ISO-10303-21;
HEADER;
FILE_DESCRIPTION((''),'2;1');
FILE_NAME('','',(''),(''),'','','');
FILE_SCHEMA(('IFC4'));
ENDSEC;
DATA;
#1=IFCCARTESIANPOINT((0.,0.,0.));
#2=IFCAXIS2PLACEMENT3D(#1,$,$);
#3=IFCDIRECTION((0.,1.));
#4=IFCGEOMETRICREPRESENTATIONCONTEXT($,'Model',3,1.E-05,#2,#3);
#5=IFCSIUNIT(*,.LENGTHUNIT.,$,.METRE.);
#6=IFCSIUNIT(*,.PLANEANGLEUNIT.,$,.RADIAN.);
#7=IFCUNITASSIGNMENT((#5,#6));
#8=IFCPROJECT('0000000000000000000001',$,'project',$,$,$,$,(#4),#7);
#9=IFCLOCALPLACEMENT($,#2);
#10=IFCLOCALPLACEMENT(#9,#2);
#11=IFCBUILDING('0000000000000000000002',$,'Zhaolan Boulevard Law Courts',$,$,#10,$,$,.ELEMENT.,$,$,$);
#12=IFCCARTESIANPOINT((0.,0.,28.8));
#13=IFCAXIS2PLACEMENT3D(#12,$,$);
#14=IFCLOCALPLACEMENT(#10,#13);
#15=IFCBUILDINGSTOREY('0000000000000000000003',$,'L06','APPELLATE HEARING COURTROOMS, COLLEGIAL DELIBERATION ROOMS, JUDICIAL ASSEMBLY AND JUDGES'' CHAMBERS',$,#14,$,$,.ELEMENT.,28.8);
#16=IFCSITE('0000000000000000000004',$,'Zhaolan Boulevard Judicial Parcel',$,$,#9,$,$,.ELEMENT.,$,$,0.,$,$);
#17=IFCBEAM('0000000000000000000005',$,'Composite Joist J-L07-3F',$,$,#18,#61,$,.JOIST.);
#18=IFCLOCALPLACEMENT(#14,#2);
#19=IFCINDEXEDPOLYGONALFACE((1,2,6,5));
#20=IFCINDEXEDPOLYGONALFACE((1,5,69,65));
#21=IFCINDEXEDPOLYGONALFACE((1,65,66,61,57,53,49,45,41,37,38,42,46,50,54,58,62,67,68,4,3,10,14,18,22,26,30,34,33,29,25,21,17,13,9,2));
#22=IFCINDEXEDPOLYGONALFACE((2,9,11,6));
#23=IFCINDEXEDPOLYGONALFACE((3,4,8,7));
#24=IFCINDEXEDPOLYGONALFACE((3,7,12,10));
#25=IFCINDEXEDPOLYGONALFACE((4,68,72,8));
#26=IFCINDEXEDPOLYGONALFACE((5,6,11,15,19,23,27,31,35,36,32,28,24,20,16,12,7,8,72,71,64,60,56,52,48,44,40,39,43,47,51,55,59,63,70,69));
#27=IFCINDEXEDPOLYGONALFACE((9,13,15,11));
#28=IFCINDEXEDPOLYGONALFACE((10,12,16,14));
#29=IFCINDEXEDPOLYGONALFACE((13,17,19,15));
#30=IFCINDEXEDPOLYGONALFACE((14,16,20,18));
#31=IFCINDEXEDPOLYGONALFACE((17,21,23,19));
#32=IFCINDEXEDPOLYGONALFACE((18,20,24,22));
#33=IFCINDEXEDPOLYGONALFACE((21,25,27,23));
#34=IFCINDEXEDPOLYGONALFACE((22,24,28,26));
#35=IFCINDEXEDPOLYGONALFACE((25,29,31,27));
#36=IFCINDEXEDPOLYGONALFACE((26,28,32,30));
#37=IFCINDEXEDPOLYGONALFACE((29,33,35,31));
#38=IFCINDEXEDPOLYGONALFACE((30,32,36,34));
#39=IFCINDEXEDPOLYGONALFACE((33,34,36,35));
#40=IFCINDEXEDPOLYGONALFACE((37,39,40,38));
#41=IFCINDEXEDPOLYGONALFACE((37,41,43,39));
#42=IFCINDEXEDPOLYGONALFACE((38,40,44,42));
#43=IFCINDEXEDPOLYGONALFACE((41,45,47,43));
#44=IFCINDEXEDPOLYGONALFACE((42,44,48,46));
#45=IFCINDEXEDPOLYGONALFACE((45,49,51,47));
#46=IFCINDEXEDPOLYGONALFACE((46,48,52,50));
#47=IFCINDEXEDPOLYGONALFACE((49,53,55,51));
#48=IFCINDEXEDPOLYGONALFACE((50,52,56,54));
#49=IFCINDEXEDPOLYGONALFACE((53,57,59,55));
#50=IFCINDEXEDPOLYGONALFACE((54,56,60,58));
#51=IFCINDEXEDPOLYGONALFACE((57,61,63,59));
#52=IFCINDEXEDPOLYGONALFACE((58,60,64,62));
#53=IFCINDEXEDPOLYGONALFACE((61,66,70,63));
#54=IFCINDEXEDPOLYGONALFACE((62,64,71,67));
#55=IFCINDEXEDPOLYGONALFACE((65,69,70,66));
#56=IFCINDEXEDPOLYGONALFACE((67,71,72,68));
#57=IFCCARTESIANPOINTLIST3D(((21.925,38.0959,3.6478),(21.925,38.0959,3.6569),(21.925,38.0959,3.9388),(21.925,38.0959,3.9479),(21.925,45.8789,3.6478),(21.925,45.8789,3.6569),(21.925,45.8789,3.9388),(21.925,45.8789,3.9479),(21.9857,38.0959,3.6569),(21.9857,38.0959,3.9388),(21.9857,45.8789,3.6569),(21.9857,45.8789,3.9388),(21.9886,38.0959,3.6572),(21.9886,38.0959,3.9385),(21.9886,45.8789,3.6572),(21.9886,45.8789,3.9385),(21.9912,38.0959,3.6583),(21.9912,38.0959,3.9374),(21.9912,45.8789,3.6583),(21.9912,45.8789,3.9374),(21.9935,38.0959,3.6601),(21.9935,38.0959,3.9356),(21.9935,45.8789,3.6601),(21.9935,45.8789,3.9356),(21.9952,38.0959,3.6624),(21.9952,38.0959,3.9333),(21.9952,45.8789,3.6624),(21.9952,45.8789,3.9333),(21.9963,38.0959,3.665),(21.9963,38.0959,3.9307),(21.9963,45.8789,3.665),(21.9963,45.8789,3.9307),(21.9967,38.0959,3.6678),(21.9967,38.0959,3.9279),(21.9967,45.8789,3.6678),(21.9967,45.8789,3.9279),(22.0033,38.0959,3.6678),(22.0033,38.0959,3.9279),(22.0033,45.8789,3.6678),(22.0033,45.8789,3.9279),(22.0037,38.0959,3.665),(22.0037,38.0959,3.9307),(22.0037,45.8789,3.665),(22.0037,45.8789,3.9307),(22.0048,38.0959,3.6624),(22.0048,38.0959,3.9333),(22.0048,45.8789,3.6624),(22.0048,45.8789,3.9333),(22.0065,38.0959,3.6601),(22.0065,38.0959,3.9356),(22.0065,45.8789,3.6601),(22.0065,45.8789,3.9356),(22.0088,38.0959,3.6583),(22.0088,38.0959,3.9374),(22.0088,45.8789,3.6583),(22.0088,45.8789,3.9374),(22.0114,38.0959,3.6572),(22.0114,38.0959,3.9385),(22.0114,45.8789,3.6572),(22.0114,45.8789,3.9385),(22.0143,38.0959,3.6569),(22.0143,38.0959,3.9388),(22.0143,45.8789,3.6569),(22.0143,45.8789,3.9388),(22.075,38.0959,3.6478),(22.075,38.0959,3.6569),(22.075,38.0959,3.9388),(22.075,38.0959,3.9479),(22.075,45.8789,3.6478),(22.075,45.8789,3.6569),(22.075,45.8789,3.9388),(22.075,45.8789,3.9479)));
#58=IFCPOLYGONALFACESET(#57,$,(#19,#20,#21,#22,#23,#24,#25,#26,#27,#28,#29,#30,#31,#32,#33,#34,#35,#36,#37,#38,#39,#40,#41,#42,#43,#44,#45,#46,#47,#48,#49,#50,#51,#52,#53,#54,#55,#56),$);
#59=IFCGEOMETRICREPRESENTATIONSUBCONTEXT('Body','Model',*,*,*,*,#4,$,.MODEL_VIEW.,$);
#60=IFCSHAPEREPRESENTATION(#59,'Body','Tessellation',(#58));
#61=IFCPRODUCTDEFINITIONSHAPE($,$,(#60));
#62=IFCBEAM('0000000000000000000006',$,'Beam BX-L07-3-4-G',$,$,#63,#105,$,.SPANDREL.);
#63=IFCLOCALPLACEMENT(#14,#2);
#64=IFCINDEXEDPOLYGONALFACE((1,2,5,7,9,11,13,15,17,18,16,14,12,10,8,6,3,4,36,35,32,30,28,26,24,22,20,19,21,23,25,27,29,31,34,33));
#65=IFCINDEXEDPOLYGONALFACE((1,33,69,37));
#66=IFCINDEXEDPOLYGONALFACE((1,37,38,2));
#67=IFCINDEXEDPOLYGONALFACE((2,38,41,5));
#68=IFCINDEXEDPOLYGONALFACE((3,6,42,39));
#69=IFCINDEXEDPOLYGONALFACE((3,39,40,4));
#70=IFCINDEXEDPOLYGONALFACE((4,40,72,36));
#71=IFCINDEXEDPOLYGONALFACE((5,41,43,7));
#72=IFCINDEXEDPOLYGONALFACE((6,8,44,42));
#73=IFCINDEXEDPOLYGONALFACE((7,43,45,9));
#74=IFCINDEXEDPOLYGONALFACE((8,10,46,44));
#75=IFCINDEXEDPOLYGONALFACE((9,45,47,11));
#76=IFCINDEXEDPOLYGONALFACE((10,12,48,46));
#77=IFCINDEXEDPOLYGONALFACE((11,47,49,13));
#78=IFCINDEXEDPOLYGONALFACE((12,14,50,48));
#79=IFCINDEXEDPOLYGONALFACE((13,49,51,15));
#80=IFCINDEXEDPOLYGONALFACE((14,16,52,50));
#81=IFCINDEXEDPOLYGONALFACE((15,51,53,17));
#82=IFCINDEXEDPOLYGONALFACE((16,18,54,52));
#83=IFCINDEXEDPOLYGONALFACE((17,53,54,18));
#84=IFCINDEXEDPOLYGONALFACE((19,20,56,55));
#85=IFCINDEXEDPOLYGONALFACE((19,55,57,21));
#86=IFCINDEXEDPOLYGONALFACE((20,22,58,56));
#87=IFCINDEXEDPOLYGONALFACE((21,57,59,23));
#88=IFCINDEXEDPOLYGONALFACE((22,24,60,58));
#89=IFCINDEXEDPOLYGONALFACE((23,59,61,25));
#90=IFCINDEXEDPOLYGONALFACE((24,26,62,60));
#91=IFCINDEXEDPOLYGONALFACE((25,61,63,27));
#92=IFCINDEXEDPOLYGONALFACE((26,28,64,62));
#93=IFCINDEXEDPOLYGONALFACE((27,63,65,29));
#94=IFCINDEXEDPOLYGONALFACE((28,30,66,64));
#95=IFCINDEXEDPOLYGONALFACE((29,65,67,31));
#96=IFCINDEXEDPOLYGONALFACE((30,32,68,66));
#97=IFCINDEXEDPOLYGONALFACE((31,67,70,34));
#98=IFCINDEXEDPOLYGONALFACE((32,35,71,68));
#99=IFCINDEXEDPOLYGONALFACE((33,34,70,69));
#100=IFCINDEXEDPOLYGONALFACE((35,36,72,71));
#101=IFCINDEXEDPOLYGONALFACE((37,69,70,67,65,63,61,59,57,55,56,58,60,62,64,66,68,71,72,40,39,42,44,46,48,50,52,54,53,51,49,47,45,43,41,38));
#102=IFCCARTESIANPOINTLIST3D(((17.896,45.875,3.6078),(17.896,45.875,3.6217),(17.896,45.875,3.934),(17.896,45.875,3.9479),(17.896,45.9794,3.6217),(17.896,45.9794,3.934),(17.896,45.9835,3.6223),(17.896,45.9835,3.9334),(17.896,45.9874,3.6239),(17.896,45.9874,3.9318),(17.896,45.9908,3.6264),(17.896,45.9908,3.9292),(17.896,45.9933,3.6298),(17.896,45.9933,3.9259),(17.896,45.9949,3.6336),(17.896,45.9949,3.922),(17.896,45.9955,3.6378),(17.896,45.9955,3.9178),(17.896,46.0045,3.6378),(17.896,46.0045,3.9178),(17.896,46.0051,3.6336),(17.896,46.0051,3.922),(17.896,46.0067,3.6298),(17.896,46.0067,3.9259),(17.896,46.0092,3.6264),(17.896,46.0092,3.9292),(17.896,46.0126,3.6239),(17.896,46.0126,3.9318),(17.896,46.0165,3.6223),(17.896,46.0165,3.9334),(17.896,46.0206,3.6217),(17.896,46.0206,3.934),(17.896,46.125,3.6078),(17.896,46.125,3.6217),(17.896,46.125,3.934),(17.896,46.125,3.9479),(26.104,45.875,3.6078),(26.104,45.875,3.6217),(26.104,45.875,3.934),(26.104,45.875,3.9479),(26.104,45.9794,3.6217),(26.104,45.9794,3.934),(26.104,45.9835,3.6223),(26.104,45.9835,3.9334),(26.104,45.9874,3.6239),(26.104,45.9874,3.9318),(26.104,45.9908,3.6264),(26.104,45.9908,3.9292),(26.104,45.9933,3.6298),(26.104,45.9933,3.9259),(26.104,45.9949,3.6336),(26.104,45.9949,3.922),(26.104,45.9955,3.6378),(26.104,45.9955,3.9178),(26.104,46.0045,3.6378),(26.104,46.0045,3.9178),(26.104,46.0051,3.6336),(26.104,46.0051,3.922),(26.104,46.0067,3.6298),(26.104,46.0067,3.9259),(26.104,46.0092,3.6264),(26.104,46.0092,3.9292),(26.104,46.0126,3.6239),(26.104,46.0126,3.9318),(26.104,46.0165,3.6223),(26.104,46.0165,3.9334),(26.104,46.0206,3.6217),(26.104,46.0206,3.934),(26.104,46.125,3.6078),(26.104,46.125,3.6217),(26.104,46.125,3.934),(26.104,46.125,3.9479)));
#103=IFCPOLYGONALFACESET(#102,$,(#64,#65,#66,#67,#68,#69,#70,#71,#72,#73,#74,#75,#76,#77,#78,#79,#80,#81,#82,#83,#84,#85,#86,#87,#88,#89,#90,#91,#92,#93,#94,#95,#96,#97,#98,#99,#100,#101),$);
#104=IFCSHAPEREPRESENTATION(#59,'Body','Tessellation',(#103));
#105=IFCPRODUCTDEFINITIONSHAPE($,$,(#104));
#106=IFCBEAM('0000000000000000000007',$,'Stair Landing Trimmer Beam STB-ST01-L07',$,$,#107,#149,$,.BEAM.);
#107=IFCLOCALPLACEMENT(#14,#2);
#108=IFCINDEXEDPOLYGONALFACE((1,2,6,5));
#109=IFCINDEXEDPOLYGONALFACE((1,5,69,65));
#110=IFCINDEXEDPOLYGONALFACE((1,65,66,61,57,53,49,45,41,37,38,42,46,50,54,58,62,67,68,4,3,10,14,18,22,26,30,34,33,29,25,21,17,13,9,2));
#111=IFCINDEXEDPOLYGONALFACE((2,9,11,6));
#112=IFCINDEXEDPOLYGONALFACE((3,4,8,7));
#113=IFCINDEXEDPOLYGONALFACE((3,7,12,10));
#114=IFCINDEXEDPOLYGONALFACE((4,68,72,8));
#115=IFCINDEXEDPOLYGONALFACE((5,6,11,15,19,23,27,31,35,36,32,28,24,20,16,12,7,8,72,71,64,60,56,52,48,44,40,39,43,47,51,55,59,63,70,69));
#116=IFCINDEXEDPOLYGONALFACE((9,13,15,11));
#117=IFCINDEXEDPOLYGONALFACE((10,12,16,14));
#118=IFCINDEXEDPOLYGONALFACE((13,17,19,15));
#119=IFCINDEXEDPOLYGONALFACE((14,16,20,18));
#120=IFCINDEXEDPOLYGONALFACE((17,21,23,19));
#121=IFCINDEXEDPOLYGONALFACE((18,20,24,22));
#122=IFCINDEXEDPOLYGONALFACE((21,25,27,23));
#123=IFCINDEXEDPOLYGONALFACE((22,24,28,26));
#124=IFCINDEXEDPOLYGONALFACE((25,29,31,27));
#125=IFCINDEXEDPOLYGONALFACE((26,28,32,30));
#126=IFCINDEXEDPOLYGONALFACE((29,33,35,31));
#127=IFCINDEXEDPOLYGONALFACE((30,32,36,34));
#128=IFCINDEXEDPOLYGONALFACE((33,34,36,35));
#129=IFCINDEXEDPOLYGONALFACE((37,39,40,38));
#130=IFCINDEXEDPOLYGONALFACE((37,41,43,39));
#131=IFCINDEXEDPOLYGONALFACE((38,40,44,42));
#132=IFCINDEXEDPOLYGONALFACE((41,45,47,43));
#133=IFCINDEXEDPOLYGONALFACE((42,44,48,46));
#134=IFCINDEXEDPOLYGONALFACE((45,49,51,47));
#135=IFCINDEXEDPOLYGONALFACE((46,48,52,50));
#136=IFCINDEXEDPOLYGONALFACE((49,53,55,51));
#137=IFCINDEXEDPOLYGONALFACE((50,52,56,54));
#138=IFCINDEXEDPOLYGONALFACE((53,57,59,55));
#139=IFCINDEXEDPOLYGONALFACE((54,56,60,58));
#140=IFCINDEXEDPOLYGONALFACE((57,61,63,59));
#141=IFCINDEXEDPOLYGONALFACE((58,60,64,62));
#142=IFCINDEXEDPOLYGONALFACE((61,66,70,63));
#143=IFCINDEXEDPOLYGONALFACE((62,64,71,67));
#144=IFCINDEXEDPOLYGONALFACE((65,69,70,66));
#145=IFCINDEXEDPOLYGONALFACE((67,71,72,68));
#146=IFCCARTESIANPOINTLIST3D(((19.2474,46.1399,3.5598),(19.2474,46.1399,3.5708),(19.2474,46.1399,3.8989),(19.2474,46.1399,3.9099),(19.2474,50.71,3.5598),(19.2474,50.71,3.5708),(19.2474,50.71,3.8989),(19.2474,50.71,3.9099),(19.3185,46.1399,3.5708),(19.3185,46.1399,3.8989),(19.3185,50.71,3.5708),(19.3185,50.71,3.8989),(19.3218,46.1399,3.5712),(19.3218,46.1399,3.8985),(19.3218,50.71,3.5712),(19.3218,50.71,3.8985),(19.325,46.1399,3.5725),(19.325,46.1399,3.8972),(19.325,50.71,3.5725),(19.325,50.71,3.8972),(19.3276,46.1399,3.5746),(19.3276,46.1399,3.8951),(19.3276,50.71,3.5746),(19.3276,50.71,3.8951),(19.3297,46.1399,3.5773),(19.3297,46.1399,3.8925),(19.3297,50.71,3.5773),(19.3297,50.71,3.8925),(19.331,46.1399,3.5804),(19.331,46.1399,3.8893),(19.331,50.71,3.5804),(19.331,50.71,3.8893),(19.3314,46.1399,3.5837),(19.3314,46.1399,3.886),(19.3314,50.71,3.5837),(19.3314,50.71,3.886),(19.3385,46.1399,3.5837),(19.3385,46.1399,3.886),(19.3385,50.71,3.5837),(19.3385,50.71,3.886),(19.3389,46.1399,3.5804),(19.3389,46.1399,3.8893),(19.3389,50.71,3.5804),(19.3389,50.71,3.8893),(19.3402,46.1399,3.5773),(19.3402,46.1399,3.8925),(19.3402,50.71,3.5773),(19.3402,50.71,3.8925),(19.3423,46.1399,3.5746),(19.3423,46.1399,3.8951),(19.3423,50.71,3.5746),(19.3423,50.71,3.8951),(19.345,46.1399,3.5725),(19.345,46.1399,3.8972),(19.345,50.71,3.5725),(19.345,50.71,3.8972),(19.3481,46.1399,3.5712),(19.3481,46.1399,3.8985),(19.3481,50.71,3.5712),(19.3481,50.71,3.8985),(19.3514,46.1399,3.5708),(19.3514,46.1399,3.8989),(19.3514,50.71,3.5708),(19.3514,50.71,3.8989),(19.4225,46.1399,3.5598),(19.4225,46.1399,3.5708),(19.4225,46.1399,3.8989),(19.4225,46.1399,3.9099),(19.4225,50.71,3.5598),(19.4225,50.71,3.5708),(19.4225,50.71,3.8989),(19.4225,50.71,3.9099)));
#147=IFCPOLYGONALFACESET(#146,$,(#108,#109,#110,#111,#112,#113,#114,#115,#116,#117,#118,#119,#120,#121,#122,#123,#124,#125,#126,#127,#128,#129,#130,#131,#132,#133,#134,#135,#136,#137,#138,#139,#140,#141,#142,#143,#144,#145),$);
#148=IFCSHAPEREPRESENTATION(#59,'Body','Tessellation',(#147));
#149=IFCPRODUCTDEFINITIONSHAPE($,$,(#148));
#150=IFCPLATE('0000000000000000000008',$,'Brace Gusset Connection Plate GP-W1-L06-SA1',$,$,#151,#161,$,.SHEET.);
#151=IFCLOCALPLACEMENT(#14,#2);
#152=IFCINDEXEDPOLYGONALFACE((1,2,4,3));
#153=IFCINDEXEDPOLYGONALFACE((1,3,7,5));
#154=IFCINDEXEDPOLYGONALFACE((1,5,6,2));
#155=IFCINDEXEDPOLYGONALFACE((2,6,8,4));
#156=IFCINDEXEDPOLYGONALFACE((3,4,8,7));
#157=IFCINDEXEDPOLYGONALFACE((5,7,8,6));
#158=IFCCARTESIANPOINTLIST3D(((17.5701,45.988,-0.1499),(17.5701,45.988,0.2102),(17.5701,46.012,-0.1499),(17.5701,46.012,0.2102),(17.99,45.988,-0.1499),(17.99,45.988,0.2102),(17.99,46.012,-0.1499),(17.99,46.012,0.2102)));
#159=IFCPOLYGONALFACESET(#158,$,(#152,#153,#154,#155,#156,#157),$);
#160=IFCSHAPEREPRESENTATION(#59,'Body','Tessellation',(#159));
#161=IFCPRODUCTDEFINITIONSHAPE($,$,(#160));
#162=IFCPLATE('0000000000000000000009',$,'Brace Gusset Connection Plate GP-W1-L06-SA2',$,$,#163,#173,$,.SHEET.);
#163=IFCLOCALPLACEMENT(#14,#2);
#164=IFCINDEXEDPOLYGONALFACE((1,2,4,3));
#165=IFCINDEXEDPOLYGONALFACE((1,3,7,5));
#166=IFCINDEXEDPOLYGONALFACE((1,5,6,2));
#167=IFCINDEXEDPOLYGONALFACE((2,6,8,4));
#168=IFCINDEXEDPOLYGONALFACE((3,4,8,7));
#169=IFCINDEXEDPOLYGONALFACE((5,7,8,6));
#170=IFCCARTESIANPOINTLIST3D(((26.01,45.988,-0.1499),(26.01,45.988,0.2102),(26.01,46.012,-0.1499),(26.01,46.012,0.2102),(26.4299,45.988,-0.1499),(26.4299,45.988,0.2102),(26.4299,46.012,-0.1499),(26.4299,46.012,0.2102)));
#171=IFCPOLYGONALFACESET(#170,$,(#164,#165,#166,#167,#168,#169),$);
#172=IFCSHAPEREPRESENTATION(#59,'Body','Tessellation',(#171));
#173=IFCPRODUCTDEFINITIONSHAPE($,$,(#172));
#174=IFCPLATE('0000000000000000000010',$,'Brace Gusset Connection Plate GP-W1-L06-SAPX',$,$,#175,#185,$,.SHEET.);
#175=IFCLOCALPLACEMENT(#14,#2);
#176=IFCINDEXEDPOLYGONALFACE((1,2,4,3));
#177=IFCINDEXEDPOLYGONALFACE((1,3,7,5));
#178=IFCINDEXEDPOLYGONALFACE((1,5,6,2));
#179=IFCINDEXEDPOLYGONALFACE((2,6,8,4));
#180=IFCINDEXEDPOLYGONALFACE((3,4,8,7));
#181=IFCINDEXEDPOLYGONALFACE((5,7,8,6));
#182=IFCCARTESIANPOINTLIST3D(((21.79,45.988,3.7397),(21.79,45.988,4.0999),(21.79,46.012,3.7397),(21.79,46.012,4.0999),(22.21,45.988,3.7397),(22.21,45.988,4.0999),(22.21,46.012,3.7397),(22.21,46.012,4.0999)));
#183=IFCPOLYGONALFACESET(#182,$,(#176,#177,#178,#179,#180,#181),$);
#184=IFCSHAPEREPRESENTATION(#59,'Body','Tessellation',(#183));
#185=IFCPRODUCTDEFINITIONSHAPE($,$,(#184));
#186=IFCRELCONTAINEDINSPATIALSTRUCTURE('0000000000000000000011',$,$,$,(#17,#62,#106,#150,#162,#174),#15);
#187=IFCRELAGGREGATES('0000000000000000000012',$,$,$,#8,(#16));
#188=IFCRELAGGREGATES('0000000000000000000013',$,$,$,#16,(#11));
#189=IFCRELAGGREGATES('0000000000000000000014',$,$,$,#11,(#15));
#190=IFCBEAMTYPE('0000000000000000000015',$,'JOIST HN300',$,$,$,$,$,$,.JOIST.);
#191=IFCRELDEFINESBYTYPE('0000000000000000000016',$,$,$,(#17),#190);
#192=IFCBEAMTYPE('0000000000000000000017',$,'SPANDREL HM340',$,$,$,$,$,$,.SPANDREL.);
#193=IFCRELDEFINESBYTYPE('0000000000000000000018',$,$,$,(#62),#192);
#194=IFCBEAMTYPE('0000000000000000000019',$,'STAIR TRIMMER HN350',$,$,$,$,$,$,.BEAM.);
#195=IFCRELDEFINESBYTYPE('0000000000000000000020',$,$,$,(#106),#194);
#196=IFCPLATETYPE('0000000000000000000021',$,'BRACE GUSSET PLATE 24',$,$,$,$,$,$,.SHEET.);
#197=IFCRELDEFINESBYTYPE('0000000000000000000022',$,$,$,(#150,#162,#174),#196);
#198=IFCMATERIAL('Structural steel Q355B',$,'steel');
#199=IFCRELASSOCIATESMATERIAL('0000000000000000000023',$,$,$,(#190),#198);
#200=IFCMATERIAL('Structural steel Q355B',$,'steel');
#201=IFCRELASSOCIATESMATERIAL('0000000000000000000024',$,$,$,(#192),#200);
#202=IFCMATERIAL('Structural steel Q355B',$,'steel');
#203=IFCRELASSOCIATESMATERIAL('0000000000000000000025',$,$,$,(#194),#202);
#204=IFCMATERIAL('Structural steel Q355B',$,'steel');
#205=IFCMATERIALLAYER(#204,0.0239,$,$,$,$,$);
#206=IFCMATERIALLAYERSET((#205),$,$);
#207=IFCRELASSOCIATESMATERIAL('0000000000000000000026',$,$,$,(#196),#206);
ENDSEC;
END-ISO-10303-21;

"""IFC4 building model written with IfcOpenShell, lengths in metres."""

from ifc_helpers import new_model, si_unit, direction, frame, origin, origin_2d, place, context, subcontext, project, spatial, rectangle, i_section, extrude, material, layer, layer_set, material_profile, profile_set, type_object, element, save


model = new_model("IFC4")

# Units and contexts
model_context = context("Model", 3, precision=1e-05, world=origin(), true_north=direction((0.0, 1.0)))
body_context = subcontext(model_context, "Body", "Model", "MODEL_VIEW")
ifc_project = project(units=[si_unit("LENGTHUNIT", "METRE"), si_unit("PLANEANGLEUNIT", "RADIAN")], contexts=[model_context])

# Site, building, storey
site_placement = place(None, origin())
site = spatial("IfcSite", under=ifc_project, at=site_placement, Name="Zhaolan Boulevard Judicial Parcel", CompositionType="ELEMENT", RefElevation=0.0)
building_placement = place(site_placement, origin())
building = spatial("IfcBuilding", under=site, at=building_placement, Name="Zhaolan Boulevard Law Courts", CompositionType="ELEMENT")
storey_placement = place(building_placement, frame((0.0, 0.0, 28.8)))
storey = spatial("IfcBuildingStorey", under=building, at=storey_placement, Name="L06", Description="APPELLATE HEARING COURTROOMS, COLLEGIAL DELIBERATION ROOMS, JUDICIAL ASSEMBLY AND JUDGES' CHAMBERS", CompositionType="ELEMENT", Elevation=28.8)

# Beams
ifc_material_1 = material(Name="Structural steel Q355B", Category="steel")
ifc_material_profile_1 = material_profile(ifc_material_1, i_section(OverallWidth=0.1499, OverallDepth=0.3, WebThickness=0.0066, FlangeThickness=0.009, FilletRadius=0.011, at=origin_2d()), Name="HN300x150")
ifc_profile_set_1 = profile_set([ifc_material_profile_1], Name="Structural steel Q355B")
beam_type_1 = type_object("IfcBeamType", Name="JOIST HN300", PredefinedType="JOIST", material=ifc_profile_set_1)
beam_1_placement = place(storey_placement, frame((22.0, 38.0959, 3.7979), z_axis=(0.0, 1.0, 0.0), x_axis=(-1.0, 0.0, 0.0)))
element("IfcBeam", 1, at=beam_1_placement, inside=storey, type_object=beam_type_1, Name="Composite Joist J-L07-3F", PredefinedType="JOIST", context=body_context, shape_type="SweptSolid", body=[
    extrude(i_section(OverallWidth=0.1499, OverallDepth=0.3, WebThickness=0.0066, FlangeThickness=0.009, FilletRadius=0.011, at=origin_2d()), origin(), (0.0, 0.0, 1.0), 7.783),
])
ifc_material_2 = material(Name="Structural steel Q355B", Category="steel")
ifc_material_profile_2 = material_profile(ifc_material_2, i_section(OverallWidth=0.25, OverallDepth=0.3401, WebThickness=0.009, FlangeThickness=0.0139, FilletRadius=0.0161, at=origin_2d()), Name="HM340x250")
ifc_profile_set_2 = profile_set([ifc_material_profile_2], Name="Structural steel Q355B")
beam_type_2 = type_object("IfcBeamType", Name="SPANDREL HM340", PredefinedType="SPANDREL", material=ifc_profile_set_2)
beam_2_placement = place(storey_placement, frame((17.896, 46.0, 3.7778), z_axis=(1.0, 0.0, 0.0), x_axis=(0.0, 1.0, 0.0)))
element("IfcBeam", 2, at=beam_2_placement, inside=storey, type_object=beam_type_2, Name="Beam BX-L07-3-4-G", PredefinedType="SPANDREL", context=body_context, shape_type="SweptSolid", body=[
    extrude(i_section(OverallWidth=0.25, OverallDepth=0.3401, WebThickness=0.009, FlangeThickness=0.0139, FilletRadius=0.0161, at=origin_2d()), origin(), (0.0, 0.0, 1.0), 8.208),
])
ifc_material_3 = material(Name="Structural steel Q355B", Category="steel")
ifc_material_profile_3 = material_profile(ifc_material_3, i_section(OverallWidth=0.175, OverallDepth=0.3501, WebThickness=0.0071, FlangeThickness=0.011, FilletRadius=0.0129, at=origin_2d()), Name="HN350x175")
ifc_profile_set_3 = profile_set([ifc_material_profile_3], Name="Structural steel Q355B")
beam_type_3 = type_object("IfcBeamType", Name="STAIR TRIMMER HN350", PredefinedType="BEAM", material=ifc_profile_set_3)
beam_3_placement = place(storey_placement, frame((19.335, 46.1399, 3.7349), z_axis=(0.0, 1.0, 0.0), x_axis=(-1.0, 0.0, 0.0)))
element("IfcBeam", 3, at=beam_3_placement, inside=storey, type_object=beam_type_3, Name="Stair Landing Trimmer Beam STB-ST01-L07", PredefinedType="BEAM", context=body_context, shape_type="SweptSolid", body=[
    extrude(i_section(OverallWidth=0.175, OverallDepth=0.3501, WebThickness=0.0071, FlangeThickness=0.011, FilletRadius=0.0129, at=origin_2d()), origin(), (0.0, 0.0, 1.0), 4.5701),
])

# Plates
ifc_material_4 = material(Name="Structural steel Q355B", Category="steel")
ifc_layer_1 = layer(ifc_material_4, 0.0239)
ifc_layer_set_1 = layer_set([ifc_layer_1])
plate_type_1 = type_object("IfcPlateType", Name="BRACE GUSSET PLATE 24", PredefinedType="SHEET", material=ifc_layer_set_1)
for number, where, z_axis, x_axis, name in (
    (4, (17.78, 46.0, -0.1499), (0.0, 0.0, 1.0), (1.0, 0.0, 0.0), "Brace Gusset Connection Plate GP-W1-L06-SA1"),
    (5, (26.22, 46.0, -0.1499), (0.0, 0.0, 1.0), (1.0, 0.0, 0.0), "Brace Gusset Connection Plate GP-W1-L06-SA2"),
    (6, (22.0, 46.0, 3.7397), (0.0, 0.0, 1.0), (1.0, 0.0, 0.0), "Brace Gusset Connection Plate GP-W1-L06-SAPX"),
):
    element("IfcPlate", number, at=place(storey_placement, frame(where, z_axis=z_axis, x_axis=x_axis)), inside=storey, type_object=plate_type_1, Name=name, PredefinedType="SHEET", context=body_context, shape_type="SweptSolid", body=[
        extrude(rectangle(XDim=0.4199, YDim=0.0239, at=origin_2d()), origin(), (0.0, 0.0, 1.0), 0.3601),
    ])

save(model, "model.ifc")
